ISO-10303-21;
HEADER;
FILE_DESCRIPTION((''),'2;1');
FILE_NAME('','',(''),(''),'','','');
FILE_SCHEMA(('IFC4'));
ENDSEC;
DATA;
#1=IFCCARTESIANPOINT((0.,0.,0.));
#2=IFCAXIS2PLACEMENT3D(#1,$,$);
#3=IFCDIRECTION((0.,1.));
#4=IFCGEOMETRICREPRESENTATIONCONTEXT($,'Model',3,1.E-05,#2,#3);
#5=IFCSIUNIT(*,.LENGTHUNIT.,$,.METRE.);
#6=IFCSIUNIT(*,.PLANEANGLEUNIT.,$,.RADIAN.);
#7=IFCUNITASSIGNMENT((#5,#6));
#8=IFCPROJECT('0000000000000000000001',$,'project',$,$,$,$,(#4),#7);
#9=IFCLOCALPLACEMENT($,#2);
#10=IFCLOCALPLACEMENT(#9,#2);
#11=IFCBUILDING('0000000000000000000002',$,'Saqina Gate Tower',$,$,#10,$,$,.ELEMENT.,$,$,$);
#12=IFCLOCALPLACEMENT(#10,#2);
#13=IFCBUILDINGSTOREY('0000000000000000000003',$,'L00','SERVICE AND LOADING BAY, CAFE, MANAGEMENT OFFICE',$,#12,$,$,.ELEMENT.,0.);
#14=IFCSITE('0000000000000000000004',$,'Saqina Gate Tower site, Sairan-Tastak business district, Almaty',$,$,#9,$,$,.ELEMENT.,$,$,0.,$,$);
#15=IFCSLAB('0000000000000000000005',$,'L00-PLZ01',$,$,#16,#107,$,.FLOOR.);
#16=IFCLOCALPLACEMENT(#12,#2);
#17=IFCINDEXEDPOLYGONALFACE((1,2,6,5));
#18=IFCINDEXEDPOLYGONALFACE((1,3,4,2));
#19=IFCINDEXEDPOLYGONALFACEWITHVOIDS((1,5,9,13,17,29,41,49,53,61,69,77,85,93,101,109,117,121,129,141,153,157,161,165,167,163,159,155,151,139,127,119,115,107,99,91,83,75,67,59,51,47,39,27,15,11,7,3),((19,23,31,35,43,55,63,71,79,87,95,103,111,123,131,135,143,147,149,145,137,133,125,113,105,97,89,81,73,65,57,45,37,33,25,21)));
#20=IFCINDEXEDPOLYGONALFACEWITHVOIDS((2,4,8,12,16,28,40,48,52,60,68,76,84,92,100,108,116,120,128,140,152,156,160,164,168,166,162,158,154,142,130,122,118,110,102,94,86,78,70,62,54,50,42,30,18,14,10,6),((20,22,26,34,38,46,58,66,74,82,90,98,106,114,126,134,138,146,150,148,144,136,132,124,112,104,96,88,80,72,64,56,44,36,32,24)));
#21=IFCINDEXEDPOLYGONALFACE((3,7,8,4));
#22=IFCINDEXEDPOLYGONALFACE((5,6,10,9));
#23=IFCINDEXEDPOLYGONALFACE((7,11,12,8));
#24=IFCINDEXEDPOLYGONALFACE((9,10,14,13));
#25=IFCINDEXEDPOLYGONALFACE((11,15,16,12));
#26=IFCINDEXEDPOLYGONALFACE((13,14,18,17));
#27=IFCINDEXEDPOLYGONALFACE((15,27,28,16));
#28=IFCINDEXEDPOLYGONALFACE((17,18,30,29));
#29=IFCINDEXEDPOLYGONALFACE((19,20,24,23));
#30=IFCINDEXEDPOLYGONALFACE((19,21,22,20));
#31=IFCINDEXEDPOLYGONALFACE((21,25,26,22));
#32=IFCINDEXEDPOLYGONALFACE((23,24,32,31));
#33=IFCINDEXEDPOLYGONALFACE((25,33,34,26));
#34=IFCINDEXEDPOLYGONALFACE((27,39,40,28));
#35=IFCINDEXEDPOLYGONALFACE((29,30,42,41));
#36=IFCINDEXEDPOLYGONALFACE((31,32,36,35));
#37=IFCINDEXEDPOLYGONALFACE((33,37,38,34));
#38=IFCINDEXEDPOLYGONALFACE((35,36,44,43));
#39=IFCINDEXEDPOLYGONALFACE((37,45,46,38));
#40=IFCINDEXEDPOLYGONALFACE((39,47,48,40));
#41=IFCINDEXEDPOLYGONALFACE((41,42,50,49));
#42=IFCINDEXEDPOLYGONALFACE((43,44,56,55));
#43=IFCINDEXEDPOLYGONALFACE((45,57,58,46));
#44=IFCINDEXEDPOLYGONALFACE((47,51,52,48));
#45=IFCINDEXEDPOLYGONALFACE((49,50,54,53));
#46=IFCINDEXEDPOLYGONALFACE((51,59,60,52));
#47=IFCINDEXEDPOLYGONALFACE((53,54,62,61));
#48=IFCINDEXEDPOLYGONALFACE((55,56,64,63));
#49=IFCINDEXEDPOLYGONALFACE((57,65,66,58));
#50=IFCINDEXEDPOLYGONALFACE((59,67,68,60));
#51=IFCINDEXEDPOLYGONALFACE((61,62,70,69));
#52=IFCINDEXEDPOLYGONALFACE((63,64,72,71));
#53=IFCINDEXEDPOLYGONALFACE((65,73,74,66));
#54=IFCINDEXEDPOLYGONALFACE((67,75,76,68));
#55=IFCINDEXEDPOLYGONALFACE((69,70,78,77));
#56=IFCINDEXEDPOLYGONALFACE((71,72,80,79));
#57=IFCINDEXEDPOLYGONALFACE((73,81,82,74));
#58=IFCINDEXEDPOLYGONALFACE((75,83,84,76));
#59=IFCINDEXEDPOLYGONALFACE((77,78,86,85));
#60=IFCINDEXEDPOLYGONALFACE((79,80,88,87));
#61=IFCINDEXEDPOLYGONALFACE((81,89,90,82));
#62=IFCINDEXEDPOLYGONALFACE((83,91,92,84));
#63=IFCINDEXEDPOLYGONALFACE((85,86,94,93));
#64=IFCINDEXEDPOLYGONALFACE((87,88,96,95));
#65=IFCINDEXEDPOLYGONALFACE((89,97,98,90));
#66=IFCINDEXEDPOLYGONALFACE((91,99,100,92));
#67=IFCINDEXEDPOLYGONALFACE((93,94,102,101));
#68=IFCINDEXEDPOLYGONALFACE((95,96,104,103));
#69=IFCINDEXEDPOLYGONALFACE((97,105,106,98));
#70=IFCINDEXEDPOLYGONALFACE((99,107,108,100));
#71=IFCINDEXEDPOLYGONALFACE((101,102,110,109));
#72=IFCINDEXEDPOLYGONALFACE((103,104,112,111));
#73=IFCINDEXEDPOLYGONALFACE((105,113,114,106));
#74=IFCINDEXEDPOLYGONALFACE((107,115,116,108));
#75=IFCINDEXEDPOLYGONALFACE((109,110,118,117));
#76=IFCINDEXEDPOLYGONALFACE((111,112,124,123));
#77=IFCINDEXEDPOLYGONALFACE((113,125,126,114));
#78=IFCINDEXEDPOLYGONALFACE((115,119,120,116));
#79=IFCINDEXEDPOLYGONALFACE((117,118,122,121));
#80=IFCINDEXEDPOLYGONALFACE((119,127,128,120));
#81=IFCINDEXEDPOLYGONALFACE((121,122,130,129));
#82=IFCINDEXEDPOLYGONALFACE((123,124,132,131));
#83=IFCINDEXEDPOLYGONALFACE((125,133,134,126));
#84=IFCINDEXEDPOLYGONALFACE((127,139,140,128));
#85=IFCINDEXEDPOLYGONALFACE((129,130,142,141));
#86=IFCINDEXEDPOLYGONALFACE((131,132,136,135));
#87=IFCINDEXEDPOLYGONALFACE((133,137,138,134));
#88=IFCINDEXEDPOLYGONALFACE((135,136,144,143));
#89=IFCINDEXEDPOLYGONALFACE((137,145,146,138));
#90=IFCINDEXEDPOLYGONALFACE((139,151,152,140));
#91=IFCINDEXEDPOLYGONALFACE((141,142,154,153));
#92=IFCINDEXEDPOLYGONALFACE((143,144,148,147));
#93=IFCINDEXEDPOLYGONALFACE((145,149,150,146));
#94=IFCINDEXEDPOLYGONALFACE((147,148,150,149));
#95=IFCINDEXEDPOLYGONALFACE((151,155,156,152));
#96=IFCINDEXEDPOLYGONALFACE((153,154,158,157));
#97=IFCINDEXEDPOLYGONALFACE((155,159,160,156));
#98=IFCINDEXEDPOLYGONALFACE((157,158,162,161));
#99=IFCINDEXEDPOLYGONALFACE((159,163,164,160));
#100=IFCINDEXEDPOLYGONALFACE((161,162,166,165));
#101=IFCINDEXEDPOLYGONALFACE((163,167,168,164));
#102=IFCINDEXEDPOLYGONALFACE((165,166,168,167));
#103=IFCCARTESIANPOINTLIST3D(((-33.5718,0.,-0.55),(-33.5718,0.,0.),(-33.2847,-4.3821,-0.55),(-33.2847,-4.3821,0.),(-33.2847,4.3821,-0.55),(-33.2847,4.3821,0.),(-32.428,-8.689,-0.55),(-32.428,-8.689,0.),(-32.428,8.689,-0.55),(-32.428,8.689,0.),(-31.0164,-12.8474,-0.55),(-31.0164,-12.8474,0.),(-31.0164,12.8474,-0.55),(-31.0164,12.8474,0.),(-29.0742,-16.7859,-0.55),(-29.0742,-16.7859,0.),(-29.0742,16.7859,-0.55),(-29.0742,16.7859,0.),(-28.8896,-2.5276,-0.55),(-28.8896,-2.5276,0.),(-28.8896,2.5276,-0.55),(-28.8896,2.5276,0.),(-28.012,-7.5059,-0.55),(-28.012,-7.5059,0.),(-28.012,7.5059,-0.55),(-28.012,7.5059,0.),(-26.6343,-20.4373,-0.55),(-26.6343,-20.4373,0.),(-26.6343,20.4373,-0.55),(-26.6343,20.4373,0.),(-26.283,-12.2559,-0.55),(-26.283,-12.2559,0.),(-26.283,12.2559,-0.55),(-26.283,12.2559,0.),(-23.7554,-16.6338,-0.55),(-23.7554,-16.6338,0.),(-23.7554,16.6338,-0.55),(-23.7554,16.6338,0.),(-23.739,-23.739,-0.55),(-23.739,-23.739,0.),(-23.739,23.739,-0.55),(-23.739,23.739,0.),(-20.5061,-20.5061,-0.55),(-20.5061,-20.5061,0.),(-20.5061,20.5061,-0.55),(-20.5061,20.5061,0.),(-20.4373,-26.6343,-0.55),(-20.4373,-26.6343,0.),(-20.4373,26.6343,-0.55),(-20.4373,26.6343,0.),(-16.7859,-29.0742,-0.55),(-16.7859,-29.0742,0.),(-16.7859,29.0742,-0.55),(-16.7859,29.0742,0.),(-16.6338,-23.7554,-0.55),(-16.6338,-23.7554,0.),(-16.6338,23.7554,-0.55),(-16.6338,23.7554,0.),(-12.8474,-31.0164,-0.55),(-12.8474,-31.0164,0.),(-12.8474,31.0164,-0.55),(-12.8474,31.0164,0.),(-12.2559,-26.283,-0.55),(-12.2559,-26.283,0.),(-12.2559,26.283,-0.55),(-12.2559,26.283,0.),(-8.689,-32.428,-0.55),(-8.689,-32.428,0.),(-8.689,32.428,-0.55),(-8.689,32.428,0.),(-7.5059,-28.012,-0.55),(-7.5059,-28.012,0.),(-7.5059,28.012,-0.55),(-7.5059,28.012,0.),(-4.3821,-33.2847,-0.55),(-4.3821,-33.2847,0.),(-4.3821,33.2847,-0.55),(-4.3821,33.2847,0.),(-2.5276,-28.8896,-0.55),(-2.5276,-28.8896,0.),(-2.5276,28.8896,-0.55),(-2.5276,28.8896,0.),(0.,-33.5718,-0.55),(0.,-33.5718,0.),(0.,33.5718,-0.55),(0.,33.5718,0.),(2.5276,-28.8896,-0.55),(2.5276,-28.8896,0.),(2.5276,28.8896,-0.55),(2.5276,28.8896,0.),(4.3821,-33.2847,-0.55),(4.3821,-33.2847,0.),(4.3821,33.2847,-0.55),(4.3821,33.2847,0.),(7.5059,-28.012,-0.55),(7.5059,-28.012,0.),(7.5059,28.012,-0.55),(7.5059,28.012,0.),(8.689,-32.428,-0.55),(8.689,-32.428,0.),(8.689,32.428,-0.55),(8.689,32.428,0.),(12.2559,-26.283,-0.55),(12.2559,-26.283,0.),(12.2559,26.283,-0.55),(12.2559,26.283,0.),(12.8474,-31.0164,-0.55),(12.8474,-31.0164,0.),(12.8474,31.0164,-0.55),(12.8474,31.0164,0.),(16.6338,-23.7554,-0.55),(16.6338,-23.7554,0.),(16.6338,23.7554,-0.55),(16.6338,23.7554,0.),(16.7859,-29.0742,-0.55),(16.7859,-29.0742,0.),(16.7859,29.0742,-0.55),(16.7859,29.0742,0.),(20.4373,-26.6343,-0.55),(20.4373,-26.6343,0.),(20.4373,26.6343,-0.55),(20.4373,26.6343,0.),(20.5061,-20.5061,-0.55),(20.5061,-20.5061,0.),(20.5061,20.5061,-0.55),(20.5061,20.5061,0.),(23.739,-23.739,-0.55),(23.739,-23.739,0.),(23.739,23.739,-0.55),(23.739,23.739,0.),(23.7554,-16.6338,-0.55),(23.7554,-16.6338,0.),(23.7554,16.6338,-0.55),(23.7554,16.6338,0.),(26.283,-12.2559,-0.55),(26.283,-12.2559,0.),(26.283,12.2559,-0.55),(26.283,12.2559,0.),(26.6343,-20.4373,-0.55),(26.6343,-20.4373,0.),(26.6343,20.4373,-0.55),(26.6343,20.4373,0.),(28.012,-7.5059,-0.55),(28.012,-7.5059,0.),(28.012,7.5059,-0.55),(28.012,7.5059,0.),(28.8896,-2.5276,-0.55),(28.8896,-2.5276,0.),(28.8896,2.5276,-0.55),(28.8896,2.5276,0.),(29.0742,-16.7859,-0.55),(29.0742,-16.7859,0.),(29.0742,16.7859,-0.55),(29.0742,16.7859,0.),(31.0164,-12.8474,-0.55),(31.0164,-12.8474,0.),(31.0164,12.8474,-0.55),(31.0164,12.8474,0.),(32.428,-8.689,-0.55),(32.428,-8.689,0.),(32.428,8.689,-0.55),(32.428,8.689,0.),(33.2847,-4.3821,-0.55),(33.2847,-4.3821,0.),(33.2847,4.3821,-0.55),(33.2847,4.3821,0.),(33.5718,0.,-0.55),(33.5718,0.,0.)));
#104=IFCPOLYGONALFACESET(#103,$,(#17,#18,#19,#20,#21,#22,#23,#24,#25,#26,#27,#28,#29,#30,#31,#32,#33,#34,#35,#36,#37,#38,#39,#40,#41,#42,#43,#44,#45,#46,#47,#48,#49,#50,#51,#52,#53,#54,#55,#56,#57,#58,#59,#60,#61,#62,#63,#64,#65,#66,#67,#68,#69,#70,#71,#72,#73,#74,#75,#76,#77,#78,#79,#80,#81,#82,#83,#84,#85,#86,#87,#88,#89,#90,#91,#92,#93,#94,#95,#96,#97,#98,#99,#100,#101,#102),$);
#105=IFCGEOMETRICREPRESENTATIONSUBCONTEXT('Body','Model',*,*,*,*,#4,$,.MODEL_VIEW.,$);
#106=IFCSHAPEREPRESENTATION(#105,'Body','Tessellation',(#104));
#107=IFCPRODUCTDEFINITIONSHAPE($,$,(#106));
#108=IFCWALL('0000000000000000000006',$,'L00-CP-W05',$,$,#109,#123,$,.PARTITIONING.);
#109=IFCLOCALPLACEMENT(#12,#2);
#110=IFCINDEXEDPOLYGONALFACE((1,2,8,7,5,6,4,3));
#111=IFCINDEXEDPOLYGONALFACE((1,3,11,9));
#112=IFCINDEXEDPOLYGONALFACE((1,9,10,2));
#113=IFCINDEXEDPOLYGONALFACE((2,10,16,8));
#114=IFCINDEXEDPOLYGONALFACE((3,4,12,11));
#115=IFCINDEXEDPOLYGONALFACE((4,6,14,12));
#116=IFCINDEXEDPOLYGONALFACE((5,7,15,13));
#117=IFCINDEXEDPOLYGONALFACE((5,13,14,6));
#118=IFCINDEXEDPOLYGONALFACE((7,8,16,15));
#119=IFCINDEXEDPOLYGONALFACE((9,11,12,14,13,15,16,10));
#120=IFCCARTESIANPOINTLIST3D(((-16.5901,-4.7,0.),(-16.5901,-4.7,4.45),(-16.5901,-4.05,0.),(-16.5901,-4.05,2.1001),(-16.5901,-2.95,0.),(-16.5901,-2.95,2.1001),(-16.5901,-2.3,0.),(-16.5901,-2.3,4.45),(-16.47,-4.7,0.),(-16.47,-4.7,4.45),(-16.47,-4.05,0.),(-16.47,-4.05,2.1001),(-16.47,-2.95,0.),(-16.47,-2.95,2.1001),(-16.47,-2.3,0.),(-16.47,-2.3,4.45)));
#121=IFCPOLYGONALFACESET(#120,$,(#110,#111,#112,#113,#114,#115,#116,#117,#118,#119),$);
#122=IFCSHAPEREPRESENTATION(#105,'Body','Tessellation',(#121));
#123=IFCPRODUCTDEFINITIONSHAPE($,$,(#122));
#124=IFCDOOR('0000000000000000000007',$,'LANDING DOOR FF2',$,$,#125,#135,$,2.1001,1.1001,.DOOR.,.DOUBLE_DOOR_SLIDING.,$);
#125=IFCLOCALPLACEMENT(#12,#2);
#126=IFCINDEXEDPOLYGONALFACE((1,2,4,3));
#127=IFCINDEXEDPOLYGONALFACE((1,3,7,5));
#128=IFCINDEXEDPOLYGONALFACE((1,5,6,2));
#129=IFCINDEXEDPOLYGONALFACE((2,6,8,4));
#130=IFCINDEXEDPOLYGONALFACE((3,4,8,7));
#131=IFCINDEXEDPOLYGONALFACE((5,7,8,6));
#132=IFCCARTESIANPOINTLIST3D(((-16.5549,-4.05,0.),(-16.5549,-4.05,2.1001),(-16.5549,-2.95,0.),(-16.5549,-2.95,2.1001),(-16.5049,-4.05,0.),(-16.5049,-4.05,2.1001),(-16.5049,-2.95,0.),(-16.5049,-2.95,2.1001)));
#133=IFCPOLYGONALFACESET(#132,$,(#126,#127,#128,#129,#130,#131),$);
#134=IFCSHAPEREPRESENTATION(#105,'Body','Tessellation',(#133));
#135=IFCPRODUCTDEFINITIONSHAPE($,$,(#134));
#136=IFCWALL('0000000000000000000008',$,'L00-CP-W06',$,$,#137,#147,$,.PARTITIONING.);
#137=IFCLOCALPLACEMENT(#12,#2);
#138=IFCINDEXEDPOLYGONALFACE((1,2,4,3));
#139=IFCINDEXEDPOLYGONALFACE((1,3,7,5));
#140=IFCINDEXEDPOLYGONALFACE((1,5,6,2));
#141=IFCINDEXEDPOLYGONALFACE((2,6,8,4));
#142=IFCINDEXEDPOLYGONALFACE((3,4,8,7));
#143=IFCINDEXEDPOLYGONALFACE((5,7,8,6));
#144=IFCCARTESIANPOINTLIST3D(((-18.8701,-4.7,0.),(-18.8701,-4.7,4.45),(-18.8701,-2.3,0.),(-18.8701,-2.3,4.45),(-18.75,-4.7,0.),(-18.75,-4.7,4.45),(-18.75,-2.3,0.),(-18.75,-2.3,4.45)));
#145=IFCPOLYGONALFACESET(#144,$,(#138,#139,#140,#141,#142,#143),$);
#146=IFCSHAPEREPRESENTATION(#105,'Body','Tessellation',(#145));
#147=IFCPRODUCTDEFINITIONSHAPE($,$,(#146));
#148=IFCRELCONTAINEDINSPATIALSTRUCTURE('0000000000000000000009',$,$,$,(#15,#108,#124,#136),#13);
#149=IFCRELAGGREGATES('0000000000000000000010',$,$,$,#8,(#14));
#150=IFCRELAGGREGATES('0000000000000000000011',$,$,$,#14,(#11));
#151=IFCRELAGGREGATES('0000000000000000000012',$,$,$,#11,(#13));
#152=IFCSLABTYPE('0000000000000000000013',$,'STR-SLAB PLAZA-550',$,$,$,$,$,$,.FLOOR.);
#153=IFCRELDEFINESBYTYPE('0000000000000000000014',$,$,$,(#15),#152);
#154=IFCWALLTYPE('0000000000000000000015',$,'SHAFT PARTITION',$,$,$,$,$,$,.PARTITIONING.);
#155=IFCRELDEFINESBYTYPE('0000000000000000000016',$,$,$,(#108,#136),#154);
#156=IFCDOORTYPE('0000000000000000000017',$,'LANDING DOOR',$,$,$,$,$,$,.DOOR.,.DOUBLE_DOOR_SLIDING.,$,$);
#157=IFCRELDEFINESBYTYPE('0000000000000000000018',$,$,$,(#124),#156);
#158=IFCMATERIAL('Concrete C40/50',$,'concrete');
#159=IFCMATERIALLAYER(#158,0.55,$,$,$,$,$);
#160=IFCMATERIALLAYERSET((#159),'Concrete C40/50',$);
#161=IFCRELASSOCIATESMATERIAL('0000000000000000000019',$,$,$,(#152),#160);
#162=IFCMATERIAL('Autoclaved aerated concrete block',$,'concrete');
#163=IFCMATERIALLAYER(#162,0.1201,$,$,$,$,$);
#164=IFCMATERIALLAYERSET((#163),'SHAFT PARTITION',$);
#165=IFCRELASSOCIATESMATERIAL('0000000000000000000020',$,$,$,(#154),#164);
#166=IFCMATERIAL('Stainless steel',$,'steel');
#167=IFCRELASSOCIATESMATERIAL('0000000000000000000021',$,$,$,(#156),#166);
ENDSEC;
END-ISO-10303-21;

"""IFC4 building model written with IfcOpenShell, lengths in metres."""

from ifc_helpers import new_model, si_unit, direction, frame, frame_2d, origin, place, context, subcontext, project, spatial, polyline, rectangle, outline, extrude, material, layer, layer_set, type_object, element, fill, save


model = new_model("IFC4")

# Units and contexts
model_context = context("Model", 3, precision=1e-05, world=origin(), true_north=direction((0.0, 1.0)))
body_context = subcontext(model_context, "Body", "Model", "MODEL_VIEW")
ifc_project = project(units=[si_unit("LENGTHUNIT", "METRE"), si_unit("PLANEANGLEUNIT", "RADIAN")], contexts=[model_context])

# Site, building, storey
site_placement = place(None, origin())
site = spatial("IfcSite", under=ifc_project, at=site_placement, Name="Saqina Gate Tower site, Sairan-Tastak business district, Almaty", CompositionType="ELEMENT", RefElevation=0.0)
building_placement = place(site_placement, origin())
building = spatial("IfcBuilding", under=site, at=building_placement, Name="Saqina Gate Tower", CompositionType="ELEMENT")
storey_placement = place(building_placement, origin())
storey = spatial("IfcBuildingStorey", under=building, at=storey_placement, Name="L00", Description="SERVICE AND LOADING BAY, CAFE, MANAGEMENT OFFICE", CompositionType="ELEMENT", Elevation=0.0)

# Slab
ifc_material_1 = material(Name="Concrete C40/50", Category="concrete")
ifc_layer_1 = layer(ifc_material_1, 0.55)
ifc_layer_set_1 = layer_set([ifc_layer_1], Name="Concrete C40/50")
slab_type_1 = type_object("IfcSlabType", Name="STR-SLAB PLAZA-550", PredefinedType="FLOOR", material=ifc_layer_set_1)
slab_1_placement = place(storey_placement, frame((0.0, 0.0, -0.55)))
element("IfcSlab", 1, at=slab_1_placement, inside=storey, type_object=slab_type_1, Name="L00-PLZ01", PredefinedType="FLOOR", context=body_context, shape_type="SweptSolid", body=[
    extrude(outline(polyline([(33.2847, -4.3821), (33.5718, 0.0), (33.2847, 4.3821), (32.428, 8.689), (31.0164, 12.8474), (29.0742, 16.7859), (26.6343, 20.4373), (23.739, 23.739), (20.4373, 26.6343), (16.7859, 29.0742), (12.8474, 31.0164), (8.689, 32.428), (4.3821, 33.2847), (0.0, 33.5718), (-4.3821, 33.2847), (-8.689, 32.428), (-12.8474, 31.0164), (-16.7859, 29.0742), (-20.4373, 26.6343), (-23.739, 23.739), (-26.6343, 20.4373), (-29.0742, 16.7859), (-31.0164, 12.8474), (-32.428, 8.689), (-33.2847, 4.3821), (-33.5718, 0.0), (-33.2847, -4.3821), (-32.428, -8.689), (-31.0164, -12.8474), (-29.0742, -16.7859), (-26.6343, -20.4373), (-23.739, -23.739), (-20.4373, -26.6343), (-16.7859, -29.0742), (-12.8474, -31.0164), (-8.689, -32.428), (-4.3821, -33.2847), (0.0, -33.5718), (4.3821, -33.2847), (8.689, -32.428), (12.8474, -31.0164), (16.7859, -29.0742), (20.4373, -26.6343), (23.739, -23.739), (26.6343, -20.4373), (29.0742, -16.7859), (31.0164, -12.8474), (32.428, -8.689), (33.2847, -4.3821)]), holes=[polyline([(28.012, 7.5059), (28.8896, 2.5276), (28.8896, -2.5276), (28.012, -7.5059), (26.283, -12.2559), (23.7554, -16.6338), (20.5061, -20.5061), (16.6338, -23.7554), (12.2559, -26.283), (7.5059, -28.012), (2.5276, -28.8896), (-2.5276, -28.8896), (-7.5059, -28.012), (-12.2559, -26.283), (-16.6338, -23.7554), (-20.5061, -20.5061), (-23.7554, -16.6338), (-26.283, -12.2559), (-28.012, -7.5059), (-28.8896, -2.5276), (-28.8896, 2.5276), (-28.012, 7.5059), (-26.283, 12.2559), (-23.7554, 16.6338), (-20.5061, 20.5061), (-16.6338, 23.7554), (-12.2559, 26.283), (-7.5059, 28.012), (-2.5276, 28.8896), (2.5276, 28.8896), (7.5059, 28.012), (12.2559, 26.283), (16.6338, 23.7554), (20.5061, 20.5061), (23.7554, 16.6338), (26.283, 12.2559), (28.012, 7.5059)])]), origin(), (0.0, 0.0, 1.0), 0.55),
])

# Wall, opening, door
ifc_material_2 = material(Name="Autoclaved aerated concrete block", Category="concrete")
ifc_layer_2 = layer(ifc_material_2, 0.1201)
ifc_layer_set_2 = layer_set([ifc_layer_2], Name="SHAFT PARTITION")
wall_type_1 = type_object("IfcWallType", Name="SHAFT PARTITION", PredefinedType="PARTITIONING", material=ifc_layer_set_2)
wall_1_placement = place(storey_placement, frame((-16.53, -4.7, 0.0), z_axis=(0.0, 0.0, 1.0), x_axis=(0.0, 1.0, 0.0)))
wall_1 = element("IfcWall", 2, at=wall_1_placement, inside=storey, type_object=wall_type_1, Name="L00-CP-W05", PredefinedType="PARTITIONING", context=body_context, shape_type="SweptSolid", body=[
    extrude(rectangle(XDim=2.3999, YDim=0.1201, at=frame_2d((1.2, 0.0))), origin(), (0.0, 0.0, 1.0), 4.45),
])
opening_1_placement = place(wall_1_placement, frame((0.6499, 0.0, 0.0)))
opening_1 = element("IfcOpeningElement", 3, at=opening_1_placement, cuts=wall_1, PredefinedType="OPENING", context=body_context, shape_type="SweptSolid", body=[
    extrude(rectangle(XDim=1.1001, YDim=2.1001, at=frame_2d((0.55, 1.05))), frame((0.0, 0.072, 0.0), z_axis=(0.0, -1.0, 0.0), x_axis=(1.0, 0.0, 0.0)), (0.0, 0.0, 1.0), 0.144),
])
ifc_material_3 = material(Name="Stainless steel", Category="steel")
door_type_1 = type_object("IfcDoorType", Name="LANDING DOOR", OperationType="DOUBLE_DOOR_SLIDING", PredefinedType="DOOR", material=ifc_material_3)
door_1_placement = place(opening_1_placement, origin())
door_1 = element("IfcDoor", 4, at=door_1_placement, inside=storey, type_object=door_type_1, Name="LANDING DOOR FF2", OperationType="DOUBLE_DOOR_SLIDING", OverallHeight=2.1001, OverallWidth=1.1001, PredefinedType="DOOR", context=body_context, shape_type="SweptSolid", body=[
    extrude(rectangle(XDim=1.1001, YDim=2.1001, at=frame_2d((0.55, 1.05))), frame((0.0, 0.0249, 0.0), z_axis=(0.0, -1.0, 0.0), x_axis=(1.0, 0.0, 0.0)), (0.0, 0.0, 1.0), 0.05),
])
fill(opening_1, door_1)

# Wall
wall_2_placement = place(storey_placement, frame((-18.8101, -4.7, 0.0), z_axis=(0.0, 0.0, 1.0), x_axis=(0.0, 1.0, 0.0)))
element("IfcWall", 5, at=wall_2_placement, inside=storey, type_object=wall_type_1, Name="L00-CP-W06", PredefinedType="PARTITIONING", context=body_context, shape_type="SweptSolid", body=[
    extrude(rectangle(XDim=2.3999, YDim=0.1201, at=frame_2d((1.2, 0.0))), origin(), (0.0, 0.0, 1.0), 4.45),
])

save(model, "model.ifc")
